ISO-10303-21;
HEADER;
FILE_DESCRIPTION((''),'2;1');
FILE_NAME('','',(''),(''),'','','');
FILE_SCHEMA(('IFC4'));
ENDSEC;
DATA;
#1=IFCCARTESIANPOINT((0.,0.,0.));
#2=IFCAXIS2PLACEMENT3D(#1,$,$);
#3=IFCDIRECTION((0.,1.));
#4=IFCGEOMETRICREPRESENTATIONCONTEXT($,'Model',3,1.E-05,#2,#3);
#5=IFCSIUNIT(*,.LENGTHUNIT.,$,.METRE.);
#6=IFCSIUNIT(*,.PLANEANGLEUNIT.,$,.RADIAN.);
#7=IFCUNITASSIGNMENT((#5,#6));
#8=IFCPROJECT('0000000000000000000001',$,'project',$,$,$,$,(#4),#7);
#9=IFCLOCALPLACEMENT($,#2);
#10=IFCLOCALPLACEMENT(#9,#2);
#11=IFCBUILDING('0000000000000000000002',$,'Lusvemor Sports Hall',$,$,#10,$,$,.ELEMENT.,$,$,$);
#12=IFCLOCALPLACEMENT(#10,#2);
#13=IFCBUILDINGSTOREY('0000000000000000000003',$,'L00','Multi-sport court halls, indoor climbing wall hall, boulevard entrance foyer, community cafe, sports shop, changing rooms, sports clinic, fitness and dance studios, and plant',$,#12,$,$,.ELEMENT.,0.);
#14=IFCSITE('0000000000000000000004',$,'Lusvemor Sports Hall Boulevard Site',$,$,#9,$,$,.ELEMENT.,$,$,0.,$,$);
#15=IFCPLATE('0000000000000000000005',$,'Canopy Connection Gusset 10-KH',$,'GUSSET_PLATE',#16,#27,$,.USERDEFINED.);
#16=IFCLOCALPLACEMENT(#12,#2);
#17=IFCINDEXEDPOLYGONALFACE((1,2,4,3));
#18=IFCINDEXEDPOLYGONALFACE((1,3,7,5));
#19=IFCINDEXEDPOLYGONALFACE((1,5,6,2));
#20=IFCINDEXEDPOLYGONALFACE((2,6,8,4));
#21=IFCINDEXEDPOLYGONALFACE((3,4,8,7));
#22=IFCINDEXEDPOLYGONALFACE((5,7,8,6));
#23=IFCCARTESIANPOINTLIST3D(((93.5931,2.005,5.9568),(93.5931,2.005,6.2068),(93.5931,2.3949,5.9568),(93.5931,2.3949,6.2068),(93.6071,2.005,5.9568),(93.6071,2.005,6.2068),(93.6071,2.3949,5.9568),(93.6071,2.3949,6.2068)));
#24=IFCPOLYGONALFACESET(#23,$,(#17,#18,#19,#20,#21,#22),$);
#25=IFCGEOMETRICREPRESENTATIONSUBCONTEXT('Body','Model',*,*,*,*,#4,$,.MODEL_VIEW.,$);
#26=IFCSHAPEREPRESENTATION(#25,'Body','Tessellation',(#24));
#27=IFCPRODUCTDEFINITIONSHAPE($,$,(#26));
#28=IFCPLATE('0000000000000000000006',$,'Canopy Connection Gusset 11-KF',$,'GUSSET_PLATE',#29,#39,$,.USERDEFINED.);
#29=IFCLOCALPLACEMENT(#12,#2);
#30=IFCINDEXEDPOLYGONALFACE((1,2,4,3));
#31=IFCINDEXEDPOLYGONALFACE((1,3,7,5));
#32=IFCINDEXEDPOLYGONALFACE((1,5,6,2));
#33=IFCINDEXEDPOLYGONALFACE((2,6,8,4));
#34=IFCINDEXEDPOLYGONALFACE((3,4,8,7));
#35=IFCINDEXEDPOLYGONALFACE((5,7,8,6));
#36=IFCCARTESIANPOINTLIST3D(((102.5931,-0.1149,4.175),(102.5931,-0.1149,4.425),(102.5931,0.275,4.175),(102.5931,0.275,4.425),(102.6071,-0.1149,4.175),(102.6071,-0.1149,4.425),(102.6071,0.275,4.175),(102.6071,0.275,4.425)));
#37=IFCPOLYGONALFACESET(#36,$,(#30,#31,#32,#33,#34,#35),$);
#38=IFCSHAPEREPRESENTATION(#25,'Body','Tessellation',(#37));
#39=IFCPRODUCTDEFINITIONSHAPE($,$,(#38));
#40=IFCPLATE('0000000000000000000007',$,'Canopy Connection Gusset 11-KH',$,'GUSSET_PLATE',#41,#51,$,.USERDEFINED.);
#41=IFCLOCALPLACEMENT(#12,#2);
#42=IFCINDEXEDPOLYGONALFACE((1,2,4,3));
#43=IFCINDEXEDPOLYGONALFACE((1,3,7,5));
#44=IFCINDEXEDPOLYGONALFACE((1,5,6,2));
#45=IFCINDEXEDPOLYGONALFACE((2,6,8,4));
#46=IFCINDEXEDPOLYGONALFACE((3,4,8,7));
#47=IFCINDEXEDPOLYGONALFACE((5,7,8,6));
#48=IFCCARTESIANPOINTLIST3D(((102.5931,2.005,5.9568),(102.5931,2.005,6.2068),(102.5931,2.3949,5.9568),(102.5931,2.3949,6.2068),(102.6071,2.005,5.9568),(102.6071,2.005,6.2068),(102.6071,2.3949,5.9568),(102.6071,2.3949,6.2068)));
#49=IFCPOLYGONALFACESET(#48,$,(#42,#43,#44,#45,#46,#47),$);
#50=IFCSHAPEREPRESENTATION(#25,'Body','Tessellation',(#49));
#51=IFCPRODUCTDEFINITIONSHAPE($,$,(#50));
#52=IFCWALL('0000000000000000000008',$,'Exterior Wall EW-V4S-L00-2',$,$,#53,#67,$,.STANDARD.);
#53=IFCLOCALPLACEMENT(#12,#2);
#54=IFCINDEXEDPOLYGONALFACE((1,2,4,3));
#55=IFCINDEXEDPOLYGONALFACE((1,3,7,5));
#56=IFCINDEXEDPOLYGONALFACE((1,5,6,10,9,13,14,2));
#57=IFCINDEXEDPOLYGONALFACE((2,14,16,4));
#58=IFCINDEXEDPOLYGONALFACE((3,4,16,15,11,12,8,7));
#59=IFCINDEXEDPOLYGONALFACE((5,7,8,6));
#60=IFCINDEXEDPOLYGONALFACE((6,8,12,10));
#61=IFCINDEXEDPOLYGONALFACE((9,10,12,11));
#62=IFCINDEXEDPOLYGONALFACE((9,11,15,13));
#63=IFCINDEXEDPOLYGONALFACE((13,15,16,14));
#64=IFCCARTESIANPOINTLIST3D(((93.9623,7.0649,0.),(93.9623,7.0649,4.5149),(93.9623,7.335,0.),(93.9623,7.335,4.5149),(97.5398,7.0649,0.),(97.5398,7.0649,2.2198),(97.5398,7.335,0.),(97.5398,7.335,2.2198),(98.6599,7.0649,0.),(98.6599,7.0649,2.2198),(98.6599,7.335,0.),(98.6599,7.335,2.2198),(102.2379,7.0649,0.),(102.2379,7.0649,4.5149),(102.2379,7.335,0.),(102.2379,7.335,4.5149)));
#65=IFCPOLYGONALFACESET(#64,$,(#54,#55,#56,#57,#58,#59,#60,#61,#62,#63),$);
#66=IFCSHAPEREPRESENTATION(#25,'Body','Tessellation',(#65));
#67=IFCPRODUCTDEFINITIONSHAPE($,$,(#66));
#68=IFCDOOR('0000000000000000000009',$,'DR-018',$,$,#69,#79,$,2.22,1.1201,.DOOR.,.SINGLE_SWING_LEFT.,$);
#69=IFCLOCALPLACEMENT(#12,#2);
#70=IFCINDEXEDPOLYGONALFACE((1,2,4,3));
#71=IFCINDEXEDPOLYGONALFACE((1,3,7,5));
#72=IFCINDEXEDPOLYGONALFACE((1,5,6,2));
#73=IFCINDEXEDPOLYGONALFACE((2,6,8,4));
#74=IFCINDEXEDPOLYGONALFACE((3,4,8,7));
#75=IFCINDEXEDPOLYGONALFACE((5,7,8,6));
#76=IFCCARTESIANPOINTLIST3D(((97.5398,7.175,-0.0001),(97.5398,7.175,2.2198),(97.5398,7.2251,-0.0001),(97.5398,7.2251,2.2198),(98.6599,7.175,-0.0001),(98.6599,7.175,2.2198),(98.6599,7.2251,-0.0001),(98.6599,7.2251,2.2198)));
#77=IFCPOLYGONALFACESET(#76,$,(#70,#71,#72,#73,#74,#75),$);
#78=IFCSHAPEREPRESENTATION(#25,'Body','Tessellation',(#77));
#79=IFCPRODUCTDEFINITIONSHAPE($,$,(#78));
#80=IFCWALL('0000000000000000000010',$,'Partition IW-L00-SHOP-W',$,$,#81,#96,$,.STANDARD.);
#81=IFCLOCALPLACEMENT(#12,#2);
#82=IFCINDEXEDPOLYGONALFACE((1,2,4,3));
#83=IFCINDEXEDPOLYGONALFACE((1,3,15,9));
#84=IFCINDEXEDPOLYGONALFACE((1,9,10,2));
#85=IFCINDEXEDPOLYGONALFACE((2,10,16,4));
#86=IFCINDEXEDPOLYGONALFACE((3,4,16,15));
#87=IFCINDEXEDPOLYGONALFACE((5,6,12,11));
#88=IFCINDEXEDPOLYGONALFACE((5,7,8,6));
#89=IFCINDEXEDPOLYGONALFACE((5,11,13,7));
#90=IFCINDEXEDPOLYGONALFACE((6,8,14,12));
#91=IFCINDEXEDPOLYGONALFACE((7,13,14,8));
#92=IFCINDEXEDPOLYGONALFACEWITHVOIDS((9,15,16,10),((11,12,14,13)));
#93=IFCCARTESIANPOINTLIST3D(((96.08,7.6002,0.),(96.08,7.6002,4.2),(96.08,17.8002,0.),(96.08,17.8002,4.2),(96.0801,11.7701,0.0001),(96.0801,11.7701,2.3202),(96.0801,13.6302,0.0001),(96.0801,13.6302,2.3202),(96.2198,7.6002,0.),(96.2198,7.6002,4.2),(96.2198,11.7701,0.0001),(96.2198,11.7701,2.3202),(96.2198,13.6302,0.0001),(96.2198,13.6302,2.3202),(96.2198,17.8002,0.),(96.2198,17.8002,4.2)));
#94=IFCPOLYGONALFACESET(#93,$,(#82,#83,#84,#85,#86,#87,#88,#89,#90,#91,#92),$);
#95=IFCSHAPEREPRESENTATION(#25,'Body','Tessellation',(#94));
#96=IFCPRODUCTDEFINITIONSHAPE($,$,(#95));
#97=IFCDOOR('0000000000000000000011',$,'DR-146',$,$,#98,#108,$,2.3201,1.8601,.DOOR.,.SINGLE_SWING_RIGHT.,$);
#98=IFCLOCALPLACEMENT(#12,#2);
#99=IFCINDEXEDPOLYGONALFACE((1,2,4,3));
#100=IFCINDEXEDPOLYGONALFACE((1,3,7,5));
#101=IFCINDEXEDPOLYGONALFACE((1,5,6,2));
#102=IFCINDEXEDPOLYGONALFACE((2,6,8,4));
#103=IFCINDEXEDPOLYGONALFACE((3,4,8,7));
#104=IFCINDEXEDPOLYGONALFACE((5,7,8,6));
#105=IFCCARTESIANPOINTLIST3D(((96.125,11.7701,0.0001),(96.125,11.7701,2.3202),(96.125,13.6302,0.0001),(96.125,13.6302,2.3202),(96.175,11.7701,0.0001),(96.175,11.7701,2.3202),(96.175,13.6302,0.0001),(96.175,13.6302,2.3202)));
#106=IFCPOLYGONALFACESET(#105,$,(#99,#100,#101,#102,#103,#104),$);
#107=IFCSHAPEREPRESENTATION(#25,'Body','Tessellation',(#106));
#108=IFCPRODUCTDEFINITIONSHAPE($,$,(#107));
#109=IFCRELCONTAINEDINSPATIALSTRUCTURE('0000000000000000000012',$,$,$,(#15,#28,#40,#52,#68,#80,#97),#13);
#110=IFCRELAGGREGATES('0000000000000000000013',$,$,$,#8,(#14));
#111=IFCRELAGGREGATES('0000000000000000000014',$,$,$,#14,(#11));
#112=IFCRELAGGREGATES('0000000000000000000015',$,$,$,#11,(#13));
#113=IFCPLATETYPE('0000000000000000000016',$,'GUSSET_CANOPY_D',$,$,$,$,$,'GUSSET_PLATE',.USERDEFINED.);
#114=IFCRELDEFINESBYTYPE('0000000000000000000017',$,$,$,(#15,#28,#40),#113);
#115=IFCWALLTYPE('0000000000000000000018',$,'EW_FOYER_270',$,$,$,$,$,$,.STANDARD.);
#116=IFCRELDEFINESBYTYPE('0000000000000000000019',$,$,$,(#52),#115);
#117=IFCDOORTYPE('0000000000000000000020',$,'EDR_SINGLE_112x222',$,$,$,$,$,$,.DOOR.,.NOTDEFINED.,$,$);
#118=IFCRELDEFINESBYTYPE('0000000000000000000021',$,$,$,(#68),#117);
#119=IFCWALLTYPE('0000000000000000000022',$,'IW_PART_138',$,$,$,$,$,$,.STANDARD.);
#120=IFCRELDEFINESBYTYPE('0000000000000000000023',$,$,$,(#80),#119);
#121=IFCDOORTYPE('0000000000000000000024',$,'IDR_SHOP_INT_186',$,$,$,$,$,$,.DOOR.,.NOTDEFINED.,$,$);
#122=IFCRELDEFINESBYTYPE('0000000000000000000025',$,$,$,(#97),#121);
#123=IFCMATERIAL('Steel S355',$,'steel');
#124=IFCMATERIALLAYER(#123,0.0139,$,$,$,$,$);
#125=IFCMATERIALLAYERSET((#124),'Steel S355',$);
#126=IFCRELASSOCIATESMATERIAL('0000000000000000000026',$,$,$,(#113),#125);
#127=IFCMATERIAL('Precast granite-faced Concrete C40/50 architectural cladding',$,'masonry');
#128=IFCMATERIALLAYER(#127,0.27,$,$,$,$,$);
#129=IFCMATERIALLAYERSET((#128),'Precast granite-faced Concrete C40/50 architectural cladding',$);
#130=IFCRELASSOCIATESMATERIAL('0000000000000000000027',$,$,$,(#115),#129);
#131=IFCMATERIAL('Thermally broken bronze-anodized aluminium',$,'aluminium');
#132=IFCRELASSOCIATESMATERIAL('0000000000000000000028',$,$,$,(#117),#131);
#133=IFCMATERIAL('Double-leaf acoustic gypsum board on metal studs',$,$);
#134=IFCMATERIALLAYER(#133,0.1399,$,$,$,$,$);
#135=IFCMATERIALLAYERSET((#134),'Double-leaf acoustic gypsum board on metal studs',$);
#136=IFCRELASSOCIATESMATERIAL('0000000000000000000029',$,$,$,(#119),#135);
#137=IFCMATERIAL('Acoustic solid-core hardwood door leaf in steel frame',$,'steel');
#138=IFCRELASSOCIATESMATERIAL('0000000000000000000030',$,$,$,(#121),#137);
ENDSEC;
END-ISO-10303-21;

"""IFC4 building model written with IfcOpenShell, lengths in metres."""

from ifc_helpers import new_model, si_unit, direction, frame, frame_2d, origin, origin_2d, place, context, subcontext, project, spatial, rectangle, extrude, material, layer, layer_set, type_object, element, fill, save


model = new_model("IFC4")

# Units and contexts
model_context = context("Model", 3, precision=1e-05, world=origin(), true_north=direction((0.0, 1.0)))
body_context = subcontext(model_context, "Body", "Model", "MODEL_VIEW")
ifc_project = project(units=[si_unit("LENGTHUNIT", "METRE"), si_unit("PLANEANGLEUNIT", "RADIAN")], contexts=[model_context])

# Site, building, storey
site_placement = place(None, origin())
site = spatial("IfcSite", under=ifc_project, at=site_placement, Name="Lusvemor Sports Hall Boulevard Site", CompositionType="ELEMENT", RefElevation=0.0)
building_placement = place(site_placement, origin())
building = spatial("IfcBuilding", under=site, at=building_placement, Name="Lusvemor Sports Hall", CompositionType="ELEMENT")
storey_placement = place(building_placement, origin())
storey = spatial("IfcBuildingStorey", under=building, at=storey_placement, Name="L00", Description="Multi-sport court halls, indoor climbing wall hall, boulevard entrance foyer, community cafe, sports shop, changing rooms, sports clinic, fitness and dance studios, and plant", CompositionType="ELEMENT", Elevation=0.0)

# Plates
ifc_material_1 = material(Name="Steel S355", Category="steel")
ifc_layer_1 = layer(ifc_material_1, 0.0139)
ifc_layer_set_1 = layer_set([ifc_layer_1], Name="Steel S355")
plate_type = type_object("IfcPlateType", Name="GUSSET_CANOPY_D", ElementType="GUSSET_PLATE", PredefinedType="USERDEFINED", material=ifc_layer_set_1)
for number, where, z_axis, x_axis, name in (
    (1, (93.6001, 2.2, 5.9568), (0.0, 0.0, 1.0), (1.0, 0.0, 0.0), "Canopy Connection Gusset 10-KH"),
    (2, (102.6001, 0.0801, 4.175), (0.0, 0.0, 1.0), (1.0, 0.0, 0.0), "Canopy Connection Gusset 11-KF"),
    (3, (102.6001, 2.2, 5.9568), (0.0, 0.0, 1.0), (1.0, 0.0, 0.0), "Canopy Connection Gusset 11-KH"),
):
    element("IfcPlate", number, at=place(storey_placement, frame(where, z_axis=z_axis, x_axis=x_axis)), inside=storey, type_object=plate_type, Name=name, ObjectType="GUSSET_PLATE", PredefinedType="USERDEFINED", context=body_context, shape_type="SweptSolid", body=[
        extrude(rectangle(XDim=0.0139, YDim=0.3899, at=origin_2d()), origin(), (0.0, 0.0, 1.0), 0.25),
    ])

# Walls, openings, doors
ifc_material_2 = material(Name="Precast granite-faced Concrete C40/50 architectural cladding", Category="masonry")
ifc_layer_2 = layer(ifc_material_2, 0.27)
ifc_layer_set_2 = layer_set([ifc_layer_2], Name="Precast granite-faced Concrete C40/50 architectural cladding")
wall_type_1 = type_object("IfcWallType", Name="EW_FOYER_270", PredefinedType="STANDARD", material=ifc_layer_set_2)
wall_1_placement = place(storey_placement, frame((102.2378, 7.2, 0.0), z_axis=(0.0, 0.0, 1.0), x_axis=(-1.0, 0.0, 0.0)))
wall_1 = element("IfcWall", 4, at=wall_1_placement, inside=storey, type_object=wall_type_1, Name="Exterior Wall EW-V4S-L00-2", PredefinedType="STANDARD", context=body_context, shape_type="SweptSolid", body=[
    extrude(rectangle(XDim=8.2756, YDim=0.27, at=frame_2d((4.1377, 0.0))), origin(), (0.0, 0.0, 1.0), 4.5149),
])
opening_1_placement = place(wall_1_placement, frame((3.5779, 0.0, 0.0)))
opening_1 = element("IfcOpeningElement", 5, at=opening_1_placement, cuts=wall_1, PredefinedType="OPENING", context=body_context, shape_type="SweptSolid", body=[
    extrude(rectangle(XDim=1.1201, YDim=2.22, at=frame_2d((0.5601, 1.1099))), frame((0.0, 0.135, 0.0), z_axis=(0.0, -1.0, 0.0), x_axis=(1.0, 0.0, 0.0)), (0.0, 0.0, 1.0), 0.27),
])
ifc_material_3 = material(Name="Thermally broken bronze-anodized aluminium", Category="aluminium")
door_type_1 = type_object("IfcDoorType", Name="EDR_SINGLE_112x222", OperationType="NOTDEFINED", PredefinedType="DOOR", material=ifc_material_3)
door_1_placement = place(opening_1_placement, origin())
door_1 = element("IfcDoor", 6, at=door_1_placement, inside=storey, type_object=door_type_1, Name="DR-018", OperationType="SINGLE_SWING_LEFT", OverallHeight=2.22, OverallWidth=1.1201, PredefinedType="DOOR", context=body_context, shape_type="SweptSolid", body=[
    extrude(rectangle(XDim=1.1201, YDim=2.22, at=frame_2d((0.5601, 1.1099))), frame((0.0, 0.0249, 0.0), z_axis=(0.0, -1.0, 0.0), x_axis=(1.0, 0.0, 0.0)), (0.0, 0.0, 1.0), 0.05),
])
fill(opening_1, door_1)
ifc_material_4 = material(Name="Double-leaf acoustic gypsum board on metal studs")
ifc_layer_3 = layer(ifc_material_4, 0.1399)
ifc_layer_set_3 = layer_set([ifc_layer_3], Name="Double-leaf acoustic gypsum board on metal studs")
wall_type_2 = type_object("IfcWallType", Name="IW_PART_138", PredefinedType="STANDARD", material=ifc_layer_set_3)
wall_2_placement = place(storey_placement, frame((96.1499, 7.6001, 0.0), z_axis=(0.0, 0.0, 1.0), x_axis=(0.0, 1.0, 0.0)))
wall_2 = element("IfcWall", 7, at=wall_2_placement, inside=storey, type_object=wall_type_2, Name="Partition IW-L00-SHOP-W", PredefinedType="STANDARD", context=body_context, shape_type="SweptSolid", body=[
    extrude(rectangle(XDim=10.2, YDim=0.1399, at=frame_2d((5.1001, 0.0))), origin(), (0.0, 0.0, 1.0), 4.2),
])
opening_2_placement = place(wall_2_placement, frame((4.1699, 0.0, 0.0)))
opening_2 = element("IfcOpeningElement", 8, at=opening_2_placement, cuts=wall_2, PredefinedType="OPENING", context=body_context, shape_type="SweptSolid", body=[
    extrude(rectangle(XDim=1.8601, YDim=2.3201, at=frame_2d((0.9302, 1.1602))), frame((0.0, 0.0698, 0.0), z_axis=(0.0, -1.0, 0.0), x_axis=(1.0, 0.0, 0.0)), (0.0, 0.0, 1.0), 0.1399),
])
ifc_material_5 = material(Name="Acoustic solid-core hardwood door leaf in steel frame", Category="steel")
door_type_2 = type_object("IfcDoorType", Name="IDR_SHOP_INT_186", OperationType="NOTDEFINED", PredefinedType="DOOR", material=ifc_material_5)
door_2_placement = place(opening_2_placement, origin())
door_2 = element("IfcDoor", 9, at=door_2_placement, inside=storey, type_object=door_type_2, Name="DR-146", OperationType="SINGLE_SWING_RIGHT", OverallHeight=2.3201, OverallWidth=1.8601, PredefinedType="DOOR", context=body_context, shape_type="SweptSolid", body=[
    extrude(rectangle(XDim=1.8601, YDim=2.3201, at=frame_2d((0.9302, 1.1602))), frame((0.0, 0.0249, 0.0), z_axis=(0.0, -1.0, 0.0), x_axis=(1.0, 0.0, 0.0)), (0.0, 0.0, 1.0), 0.05),
])
fill(opening_2, door_2)

save(model, "model.ifc")
